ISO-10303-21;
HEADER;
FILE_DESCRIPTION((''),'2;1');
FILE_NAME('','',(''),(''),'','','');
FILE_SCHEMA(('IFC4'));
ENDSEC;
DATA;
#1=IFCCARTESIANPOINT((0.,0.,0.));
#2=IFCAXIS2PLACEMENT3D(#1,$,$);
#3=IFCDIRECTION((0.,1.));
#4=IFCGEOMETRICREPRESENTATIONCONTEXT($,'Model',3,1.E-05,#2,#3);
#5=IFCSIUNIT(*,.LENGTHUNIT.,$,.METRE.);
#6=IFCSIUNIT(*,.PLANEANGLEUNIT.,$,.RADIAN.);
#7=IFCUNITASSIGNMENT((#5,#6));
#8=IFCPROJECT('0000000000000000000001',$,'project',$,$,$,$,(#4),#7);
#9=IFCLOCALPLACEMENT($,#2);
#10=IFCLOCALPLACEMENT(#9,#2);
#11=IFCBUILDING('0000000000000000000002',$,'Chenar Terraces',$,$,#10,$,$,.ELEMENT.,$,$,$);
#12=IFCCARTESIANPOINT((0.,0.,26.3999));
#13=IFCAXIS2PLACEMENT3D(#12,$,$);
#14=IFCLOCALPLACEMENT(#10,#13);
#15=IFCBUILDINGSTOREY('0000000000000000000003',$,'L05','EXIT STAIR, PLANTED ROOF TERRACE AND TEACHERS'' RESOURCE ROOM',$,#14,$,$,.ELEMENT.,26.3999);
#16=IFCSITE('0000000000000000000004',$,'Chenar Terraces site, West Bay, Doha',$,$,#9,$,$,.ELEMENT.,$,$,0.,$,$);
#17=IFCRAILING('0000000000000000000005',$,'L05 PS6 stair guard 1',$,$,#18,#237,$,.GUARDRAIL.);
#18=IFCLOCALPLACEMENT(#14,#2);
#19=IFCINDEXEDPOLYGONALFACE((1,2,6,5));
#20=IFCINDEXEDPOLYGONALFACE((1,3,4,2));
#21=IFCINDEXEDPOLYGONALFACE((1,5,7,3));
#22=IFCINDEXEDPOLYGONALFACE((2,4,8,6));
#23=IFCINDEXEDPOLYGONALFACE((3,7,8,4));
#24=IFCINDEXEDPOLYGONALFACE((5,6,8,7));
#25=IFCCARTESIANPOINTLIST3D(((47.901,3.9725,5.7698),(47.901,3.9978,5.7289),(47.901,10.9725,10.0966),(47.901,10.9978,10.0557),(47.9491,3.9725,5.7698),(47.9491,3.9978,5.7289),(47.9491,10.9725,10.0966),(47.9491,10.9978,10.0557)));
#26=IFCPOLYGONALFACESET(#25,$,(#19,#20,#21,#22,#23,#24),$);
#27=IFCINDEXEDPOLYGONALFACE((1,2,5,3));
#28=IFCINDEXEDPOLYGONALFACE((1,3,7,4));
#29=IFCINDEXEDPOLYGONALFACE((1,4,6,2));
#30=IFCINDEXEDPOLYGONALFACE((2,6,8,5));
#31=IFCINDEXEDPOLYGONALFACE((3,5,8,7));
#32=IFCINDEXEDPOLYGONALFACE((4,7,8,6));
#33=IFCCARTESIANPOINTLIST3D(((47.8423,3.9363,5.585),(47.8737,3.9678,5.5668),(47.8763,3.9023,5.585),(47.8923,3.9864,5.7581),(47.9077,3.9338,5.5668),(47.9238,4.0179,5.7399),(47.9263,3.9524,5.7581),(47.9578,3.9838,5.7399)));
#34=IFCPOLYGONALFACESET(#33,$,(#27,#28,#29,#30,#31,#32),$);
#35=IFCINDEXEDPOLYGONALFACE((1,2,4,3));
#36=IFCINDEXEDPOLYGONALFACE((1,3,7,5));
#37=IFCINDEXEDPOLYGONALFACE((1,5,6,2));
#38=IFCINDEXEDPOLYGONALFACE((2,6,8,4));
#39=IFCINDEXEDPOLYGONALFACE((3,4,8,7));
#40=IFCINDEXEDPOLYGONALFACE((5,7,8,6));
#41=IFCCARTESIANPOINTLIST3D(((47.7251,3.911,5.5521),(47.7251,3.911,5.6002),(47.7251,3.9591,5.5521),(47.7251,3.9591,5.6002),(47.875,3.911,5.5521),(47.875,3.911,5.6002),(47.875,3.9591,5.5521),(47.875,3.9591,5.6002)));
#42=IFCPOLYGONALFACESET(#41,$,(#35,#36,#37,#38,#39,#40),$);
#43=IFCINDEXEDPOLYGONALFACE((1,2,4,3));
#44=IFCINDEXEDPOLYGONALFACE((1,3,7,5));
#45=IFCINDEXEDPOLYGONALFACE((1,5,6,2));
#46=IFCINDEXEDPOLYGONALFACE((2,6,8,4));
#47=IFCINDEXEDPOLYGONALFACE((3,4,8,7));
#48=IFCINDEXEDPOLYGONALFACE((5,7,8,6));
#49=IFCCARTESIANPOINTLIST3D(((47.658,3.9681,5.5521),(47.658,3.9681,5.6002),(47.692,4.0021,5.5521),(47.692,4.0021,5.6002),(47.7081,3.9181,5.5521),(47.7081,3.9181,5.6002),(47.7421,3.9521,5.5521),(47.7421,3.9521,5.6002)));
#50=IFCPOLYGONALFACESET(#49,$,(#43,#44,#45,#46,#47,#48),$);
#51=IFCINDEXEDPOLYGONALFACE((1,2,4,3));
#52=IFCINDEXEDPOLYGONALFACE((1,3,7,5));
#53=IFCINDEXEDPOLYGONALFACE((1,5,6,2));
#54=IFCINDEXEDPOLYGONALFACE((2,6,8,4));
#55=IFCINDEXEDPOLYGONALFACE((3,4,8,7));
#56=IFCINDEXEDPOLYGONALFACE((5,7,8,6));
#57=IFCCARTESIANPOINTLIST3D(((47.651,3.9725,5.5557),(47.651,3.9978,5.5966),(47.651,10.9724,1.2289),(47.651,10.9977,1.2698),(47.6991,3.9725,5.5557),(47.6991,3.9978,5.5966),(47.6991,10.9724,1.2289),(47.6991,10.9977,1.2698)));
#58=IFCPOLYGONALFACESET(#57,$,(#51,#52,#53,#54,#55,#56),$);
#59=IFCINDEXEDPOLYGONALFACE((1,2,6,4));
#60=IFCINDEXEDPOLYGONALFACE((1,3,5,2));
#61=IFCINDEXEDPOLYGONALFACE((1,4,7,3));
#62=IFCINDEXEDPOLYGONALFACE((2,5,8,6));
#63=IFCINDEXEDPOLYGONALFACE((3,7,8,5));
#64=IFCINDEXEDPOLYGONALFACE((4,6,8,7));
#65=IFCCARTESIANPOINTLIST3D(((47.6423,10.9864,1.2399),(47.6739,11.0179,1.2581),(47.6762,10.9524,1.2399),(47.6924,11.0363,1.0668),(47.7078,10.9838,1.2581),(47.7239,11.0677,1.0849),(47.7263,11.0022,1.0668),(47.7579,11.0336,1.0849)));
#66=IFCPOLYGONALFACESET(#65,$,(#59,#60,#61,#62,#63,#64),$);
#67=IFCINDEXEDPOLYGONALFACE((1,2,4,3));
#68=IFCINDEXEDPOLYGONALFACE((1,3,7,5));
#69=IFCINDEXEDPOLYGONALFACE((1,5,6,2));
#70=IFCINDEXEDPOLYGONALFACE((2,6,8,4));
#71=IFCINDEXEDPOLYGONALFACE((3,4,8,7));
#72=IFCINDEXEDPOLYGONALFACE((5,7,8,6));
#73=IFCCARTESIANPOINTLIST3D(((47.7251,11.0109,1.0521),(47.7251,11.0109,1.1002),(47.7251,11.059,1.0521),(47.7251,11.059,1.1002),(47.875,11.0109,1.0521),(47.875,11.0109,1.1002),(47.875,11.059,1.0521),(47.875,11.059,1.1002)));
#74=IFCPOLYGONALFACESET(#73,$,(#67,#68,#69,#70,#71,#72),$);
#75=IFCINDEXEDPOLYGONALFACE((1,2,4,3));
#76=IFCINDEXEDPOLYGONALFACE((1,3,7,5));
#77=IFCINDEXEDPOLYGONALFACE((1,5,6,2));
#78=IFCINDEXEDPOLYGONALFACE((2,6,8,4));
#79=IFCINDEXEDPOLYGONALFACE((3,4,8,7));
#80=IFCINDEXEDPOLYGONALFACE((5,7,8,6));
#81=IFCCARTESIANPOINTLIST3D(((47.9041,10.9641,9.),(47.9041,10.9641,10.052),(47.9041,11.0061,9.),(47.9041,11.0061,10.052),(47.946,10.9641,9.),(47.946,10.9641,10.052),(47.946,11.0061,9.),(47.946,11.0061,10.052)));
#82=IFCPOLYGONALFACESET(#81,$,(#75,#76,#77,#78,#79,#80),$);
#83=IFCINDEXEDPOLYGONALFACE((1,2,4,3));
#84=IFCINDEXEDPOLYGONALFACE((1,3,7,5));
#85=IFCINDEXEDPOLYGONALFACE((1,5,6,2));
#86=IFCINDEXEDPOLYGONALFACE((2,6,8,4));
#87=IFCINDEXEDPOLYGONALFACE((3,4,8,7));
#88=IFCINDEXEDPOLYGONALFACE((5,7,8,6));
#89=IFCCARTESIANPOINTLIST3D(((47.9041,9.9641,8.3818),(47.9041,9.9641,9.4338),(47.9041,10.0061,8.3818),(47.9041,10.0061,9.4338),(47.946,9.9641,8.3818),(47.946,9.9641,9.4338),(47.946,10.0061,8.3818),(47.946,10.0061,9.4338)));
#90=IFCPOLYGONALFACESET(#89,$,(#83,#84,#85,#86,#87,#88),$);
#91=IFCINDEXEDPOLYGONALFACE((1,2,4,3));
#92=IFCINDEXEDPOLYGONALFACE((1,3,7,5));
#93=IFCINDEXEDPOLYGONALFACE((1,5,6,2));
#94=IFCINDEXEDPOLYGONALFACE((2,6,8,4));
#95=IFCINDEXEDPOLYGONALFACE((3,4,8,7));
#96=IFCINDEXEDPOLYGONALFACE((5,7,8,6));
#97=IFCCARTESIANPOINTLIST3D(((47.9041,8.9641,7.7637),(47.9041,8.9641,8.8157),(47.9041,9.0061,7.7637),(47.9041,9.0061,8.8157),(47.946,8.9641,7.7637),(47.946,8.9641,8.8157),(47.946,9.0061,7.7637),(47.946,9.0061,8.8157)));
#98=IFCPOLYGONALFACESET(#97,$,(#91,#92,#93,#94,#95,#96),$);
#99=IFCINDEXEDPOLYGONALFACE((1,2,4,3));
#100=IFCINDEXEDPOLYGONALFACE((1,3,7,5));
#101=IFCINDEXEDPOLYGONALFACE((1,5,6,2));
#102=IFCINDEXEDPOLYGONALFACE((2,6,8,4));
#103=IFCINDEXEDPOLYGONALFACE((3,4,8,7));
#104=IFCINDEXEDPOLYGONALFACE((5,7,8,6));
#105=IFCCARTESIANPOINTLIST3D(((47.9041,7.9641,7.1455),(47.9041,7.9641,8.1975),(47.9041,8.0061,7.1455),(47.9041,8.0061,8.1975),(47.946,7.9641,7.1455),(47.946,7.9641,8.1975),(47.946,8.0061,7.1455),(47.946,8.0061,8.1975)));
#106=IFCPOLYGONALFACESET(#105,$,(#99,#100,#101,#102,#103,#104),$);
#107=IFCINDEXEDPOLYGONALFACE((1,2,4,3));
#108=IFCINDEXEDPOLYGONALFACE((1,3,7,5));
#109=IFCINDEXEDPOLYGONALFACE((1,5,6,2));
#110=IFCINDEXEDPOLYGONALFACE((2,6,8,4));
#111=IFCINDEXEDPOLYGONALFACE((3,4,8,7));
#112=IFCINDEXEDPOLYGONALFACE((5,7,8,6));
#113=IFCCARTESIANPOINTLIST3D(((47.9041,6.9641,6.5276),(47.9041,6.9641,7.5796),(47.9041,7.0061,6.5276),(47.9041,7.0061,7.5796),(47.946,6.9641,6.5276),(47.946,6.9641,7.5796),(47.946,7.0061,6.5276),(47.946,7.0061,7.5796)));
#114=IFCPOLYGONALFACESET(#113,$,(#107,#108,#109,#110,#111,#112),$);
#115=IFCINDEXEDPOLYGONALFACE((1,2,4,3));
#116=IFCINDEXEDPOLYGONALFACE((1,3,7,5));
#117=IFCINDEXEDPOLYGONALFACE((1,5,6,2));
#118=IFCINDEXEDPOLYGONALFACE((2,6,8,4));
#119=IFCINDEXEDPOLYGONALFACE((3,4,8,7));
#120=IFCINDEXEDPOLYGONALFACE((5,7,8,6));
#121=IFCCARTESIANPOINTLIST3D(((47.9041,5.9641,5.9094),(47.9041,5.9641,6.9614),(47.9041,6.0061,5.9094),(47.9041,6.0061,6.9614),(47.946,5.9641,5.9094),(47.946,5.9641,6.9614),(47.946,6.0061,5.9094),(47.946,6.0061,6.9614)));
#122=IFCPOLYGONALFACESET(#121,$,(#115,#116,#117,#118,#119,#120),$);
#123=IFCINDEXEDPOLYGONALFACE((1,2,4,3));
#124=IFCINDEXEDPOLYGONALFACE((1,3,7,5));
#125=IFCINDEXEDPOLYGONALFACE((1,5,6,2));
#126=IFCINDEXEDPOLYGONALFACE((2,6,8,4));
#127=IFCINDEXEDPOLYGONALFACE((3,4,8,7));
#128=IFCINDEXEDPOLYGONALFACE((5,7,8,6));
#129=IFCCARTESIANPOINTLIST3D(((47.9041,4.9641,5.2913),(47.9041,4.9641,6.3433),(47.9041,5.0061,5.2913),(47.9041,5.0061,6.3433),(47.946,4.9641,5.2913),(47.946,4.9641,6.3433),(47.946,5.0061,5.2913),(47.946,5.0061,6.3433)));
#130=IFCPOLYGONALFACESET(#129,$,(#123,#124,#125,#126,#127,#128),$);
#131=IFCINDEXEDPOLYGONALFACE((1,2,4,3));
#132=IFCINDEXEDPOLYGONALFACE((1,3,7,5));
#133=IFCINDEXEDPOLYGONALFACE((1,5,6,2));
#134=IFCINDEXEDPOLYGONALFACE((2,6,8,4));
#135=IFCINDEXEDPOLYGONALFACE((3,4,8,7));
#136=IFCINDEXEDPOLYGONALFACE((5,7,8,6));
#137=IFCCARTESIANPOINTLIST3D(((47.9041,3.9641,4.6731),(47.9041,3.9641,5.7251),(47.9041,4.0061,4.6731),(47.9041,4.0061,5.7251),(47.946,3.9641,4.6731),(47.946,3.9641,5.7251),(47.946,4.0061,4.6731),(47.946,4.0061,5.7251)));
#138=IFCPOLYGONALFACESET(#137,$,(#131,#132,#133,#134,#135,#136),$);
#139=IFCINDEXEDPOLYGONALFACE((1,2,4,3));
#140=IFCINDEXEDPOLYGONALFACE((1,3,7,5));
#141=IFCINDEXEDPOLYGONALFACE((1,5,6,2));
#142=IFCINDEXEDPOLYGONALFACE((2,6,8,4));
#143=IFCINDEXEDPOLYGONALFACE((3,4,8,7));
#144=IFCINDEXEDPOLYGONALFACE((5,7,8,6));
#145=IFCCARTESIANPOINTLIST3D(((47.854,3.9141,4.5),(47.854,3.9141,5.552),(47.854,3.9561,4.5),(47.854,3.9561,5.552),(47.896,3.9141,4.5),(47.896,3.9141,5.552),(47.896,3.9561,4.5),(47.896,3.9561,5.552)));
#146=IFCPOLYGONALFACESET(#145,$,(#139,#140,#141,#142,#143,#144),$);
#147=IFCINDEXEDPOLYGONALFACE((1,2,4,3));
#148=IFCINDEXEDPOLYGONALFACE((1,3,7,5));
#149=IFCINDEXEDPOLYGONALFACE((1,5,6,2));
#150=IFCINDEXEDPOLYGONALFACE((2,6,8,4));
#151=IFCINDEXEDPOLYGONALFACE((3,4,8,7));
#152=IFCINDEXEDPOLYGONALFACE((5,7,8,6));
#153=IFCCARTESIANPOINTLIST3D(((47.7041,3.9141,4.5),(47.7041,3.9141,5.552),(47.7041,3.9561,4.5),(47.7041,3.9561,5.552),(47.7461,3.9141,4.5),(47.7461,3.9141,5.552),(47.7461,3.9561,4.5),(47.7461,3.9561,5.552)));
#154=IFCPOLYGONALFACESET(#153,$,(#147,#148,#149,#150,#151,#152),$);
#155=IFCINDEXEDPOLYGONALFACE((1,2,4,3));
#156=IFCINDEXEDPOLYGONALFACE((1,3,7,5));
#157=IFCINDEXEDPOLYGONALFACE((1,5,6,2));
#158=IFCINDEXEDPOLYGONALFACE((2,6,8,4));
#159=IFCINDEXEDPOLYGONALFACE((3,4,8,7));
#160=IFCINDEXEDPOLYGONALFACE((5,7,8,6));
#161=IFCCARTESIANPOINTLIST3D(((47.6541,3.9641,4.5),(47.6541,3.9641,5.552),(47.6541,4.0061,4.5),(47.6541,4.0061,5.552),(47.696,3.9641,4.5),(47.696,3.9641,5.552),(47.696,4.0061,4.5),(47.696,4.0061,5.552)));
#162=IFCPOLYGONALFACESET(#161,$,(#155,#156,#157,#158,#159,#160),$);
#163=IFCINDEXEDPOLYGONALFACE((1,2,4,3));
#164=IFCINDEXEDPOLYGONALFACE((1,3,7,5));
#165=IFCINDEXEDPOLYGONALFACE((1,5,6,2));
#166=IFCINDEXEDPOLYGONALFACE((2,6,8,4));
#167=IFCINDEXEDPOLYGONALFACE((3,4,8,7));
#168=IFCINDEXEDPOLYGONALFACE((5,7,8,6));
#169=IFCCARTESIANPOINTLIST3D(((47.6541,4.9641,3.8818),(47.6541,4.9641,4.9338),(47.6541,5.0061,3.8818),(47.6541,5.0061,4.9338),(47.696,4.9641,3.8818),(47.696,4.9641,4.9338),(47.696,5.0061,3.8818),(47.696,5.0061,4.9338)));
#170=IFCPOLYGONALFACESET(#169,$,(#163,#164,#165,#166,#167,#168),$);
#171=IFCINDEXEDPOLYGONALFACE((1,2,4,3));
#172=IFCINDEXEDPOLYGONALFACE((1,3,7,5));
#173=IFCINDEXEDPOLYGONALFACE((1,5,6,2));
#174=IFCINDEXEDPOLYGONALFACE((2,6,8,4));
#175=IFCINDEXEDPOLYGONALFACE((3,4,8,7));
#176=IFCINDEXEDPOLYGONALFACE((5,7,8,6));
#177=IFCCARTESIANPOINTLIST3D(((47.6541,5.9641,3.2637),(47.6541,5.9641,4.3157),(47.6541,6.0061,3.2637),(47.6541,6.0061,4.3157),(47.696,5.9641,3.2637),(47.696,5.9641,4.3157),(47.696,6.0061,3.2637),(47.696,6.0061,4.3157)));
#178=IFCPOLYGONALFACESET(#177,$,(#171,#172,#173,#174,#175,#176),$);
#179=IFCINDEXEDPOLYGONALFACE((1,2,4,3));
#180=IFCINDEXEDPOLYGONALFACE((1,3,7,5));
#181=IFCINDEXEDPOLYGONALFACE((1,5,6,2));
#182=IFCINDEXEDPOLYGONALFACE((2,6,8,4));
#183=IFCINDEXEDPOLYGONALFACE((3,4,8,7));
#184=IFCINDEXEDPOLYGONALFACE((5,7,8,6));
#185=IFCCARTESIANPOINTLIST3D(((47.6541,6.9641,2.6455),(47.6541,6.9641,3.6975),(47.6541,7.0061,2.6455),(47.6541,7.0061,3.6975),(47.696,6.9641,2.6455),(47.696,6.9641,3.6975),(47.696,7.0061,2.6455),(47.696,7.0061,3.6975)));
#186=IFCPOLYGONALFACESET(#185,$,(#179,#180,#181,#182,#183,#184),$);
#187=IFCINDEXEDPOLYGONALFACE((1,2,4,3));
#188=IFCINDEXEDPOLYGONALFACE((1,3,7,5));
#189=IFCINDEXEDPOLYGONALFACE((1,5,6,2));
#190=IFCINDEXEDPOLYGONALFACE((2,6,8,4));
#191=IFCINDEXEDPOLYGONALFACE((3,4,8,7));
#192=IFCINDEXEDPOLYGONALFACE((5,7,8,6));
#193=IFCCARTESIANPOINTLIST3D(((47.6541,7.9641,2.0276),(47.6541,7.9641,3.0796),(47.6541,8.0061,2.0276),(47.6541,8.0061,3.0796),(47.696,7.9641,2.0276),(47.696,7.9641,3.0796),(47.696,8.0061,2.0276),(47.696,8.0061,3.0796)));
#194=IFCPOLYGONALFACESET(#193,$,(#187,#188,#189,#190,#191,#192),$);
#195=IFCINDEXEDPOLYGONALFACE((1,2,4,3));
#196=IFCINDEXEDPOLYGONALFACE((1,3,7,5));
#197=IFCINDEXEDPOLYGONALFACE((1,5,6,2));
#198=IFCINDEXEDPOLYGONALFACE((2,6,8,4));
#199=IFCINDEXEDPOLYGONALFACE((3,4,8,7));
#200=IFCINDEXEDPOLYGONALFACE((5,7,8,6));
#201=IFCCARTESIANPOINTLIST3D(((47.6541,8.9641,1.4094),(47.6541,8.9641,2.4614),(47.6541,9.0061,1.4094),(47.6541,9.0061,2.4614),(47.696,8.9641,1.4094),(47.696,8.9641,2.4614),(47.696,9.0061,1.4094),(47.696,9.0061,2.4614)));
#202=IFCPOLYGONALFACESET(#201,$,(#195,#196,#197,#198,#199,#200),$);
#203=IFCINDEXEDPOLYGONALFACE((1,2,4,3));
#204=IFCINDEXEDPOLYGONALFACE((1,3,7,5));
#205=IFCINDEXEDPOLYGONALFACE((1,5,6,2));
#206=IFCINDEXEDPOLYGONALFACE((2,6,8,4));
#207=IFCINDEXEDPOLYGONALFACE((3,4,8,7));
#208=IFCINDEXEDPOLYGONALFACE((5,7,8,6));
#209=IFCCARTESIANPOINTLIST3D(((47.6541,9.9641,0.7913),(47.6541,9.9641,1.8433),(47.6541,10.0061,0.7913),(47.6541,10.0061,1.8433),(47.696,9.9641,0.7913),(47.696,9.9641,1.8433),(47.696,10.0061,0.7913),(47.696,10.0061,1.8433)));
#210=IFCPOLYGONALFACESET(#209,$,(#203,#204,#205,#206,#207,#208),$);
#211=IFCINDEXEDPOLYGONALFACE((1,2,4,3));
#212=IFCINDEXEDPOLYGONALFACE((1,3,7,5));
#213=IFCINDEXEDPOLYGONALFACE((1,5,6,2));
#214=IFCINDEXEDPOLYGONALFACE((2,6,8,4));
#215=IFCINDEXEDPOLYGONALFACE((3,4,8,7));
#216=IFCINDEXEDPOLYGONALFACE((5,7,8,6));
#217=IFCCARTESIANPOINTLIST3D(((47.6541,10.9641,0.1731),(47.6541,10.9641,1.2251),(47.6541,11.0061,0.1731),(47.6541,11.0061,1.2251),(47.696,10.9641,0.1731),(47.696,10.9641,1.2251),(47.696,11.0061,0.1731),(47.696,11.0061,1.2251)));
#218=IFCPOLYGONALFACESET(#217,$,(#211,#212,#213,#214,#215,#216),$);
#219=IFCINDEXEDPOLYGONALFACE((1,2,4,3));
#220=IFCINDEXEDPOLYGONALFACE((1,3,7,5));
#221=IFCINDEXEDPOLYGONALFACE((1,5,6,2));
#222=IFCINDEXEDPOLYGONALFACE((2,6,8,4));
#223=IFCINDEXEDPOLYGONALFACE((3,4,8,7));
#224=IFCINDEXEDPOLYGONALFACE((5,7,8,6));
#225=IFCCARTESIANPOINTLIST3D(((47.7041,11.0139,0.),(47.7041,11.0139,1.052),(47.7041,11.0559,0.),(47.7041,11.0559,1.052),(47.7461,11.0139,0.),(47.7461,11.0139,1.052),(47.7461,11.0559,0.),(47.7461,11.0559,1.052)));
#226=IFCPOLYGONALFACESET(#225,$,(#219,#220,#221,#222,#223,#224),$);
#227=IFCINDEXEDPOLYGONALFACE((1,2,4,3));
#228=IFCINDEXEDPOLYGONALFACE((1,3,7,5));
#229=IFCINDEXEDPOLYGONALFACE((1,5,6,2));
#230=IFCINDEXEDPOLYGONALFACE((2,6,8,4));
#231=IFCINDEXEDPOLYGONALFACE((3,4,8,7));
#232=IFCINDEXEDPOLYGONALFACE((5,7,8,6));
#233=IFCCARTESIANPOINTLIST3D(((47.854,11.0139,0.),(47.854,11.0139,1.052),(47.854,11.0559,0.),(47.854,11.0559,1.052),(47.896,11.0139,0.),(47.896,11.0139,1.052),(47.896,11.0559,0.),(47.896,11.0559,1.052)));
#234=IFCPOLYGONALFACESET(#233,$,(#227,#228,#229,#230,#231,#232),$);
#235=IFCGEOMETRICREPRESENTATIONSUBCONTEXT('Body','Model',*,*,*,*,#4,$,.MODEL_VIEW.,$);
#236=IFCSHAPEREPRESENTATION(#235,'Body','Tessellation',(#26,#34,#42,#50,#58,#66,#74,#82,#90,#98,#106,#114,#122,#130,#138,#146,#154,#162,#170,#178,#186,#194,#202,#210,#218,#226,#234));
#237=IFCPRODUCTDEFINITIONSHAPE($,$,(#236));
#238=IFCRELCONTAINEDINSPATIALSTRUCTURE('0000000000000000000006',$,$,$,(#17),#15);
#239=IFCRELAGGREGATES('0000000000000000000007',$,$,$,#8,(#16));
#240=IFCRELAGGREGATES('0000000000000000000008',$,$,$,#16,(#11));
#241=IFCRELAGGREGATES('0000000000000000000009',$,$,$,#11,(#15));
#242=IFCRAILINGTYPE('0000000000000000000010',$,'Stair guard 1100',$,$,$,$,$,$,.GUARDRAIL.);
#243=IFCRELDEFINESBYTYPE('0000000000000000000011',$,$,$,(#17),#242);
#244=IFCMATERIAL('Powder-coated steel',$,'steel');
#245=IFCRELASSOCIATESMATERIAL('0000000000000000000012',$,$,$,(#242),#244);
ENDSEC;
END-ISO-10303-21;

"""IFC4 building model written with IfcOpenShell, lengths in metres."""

from ifc_helpers import new_model, si_unit, direction, frame, origin, origin_2d, place, context, subcontext, project, spatial, rectangle, extrude, material, type_object, element, save


model = new_model("IFC4")

# Units and contexts
model_context = context("Model", 3, precision=1e-05, world=origin(), true_north=direction((0.0, 1.0)))
body_context = subcontext(model_context, "Body", "Model", "MODEL_VIEW")
ifc_project = project(units=[si_unit("LENGTHUNIT", "METRE"), si_unit("PLANEANGLEUNIT", "RADIAN")], contexts=[model_context])

# Site, building, storey
site_placement = place(None, origin())
site = spatial("IfcSite", under=ifc_project, at=site_placement, Name="Chenar Terraces site, West Bay, Doha", CompositionType="ELEMENT", RefElevation=0.0)
building_placement = place(site_placement, origin())
building = spatial("IfcBuilding", under=site, at=building_placement, Name="Chenar Terraces", CompositionType="ELEMENT")
storey_placement = place(building_placement, frame((0.0, 0.0, 26.3999)))
storey = spatial("IfcBuildingStorey", under=building, at=storey_placement, Name="L05", Description="EXIT STAIR, PLANTED ROOF TERRACE AND TEACHERS' RESOURCE ROOM", CompositionType="ELEMENT", Elevation=26.3999)

# Railing
ifc_material_1 = material(Name="Powder-coated steel", Category="steel")
railing_type_1 = type_object("IfcRailingType", Name="Stair guard 1100", PredefinedType="GUARDRAIL", material=ifc_material_1)
railing_1_placement = place(storey_placement, frame((47.925, 10.9851, 9.0)))
element("IfcRailing", 1, at=railing_1_placement, inside=storey, type_object=railing_type_1, Name="L05 PS6 stair guard 1", PredefinedType="GUARDRAIL", context=body_context, shape_type="SweptSolid", body=[
    extrude(rectangle(XDim=0.0481, YDim=0.0481, at=origin_2d()), frame((0.0, 0.0, 1.0762), z_axis=(0.0, -0.850615, -0.52579), x_axis=(1.0, 0.0, 0.0)), (0.0, 0.0, 1.0), 8.2292),
    extrude(rectangle(XDim=0.0481, YDim=0.0481, at=origin_2d()), frame((0.0, -7.0, -3.251), z_axis=(-0.26763, -0.26763, -0.925607), x_axis=(0.707107, -0.707107, 0.0)), (0.0, 0.0, 1.0), 0.187),
    extrude(rectangle(XDim=0.0481, YDim=0.0481, at=origin_2d()), frame((-0.05, -7.05, -3.4238), z_axis=(-1.0, 0.0, 0.0), x_axis=(0.0, -1.0, 0.0)), (0.0, 0.0, 1.0), 0.1499),
    extrude(rectangle(XDim=0.0481, YDim=0.0481, at=origin_2d()), frame((-0.2, -7.05, -3.4238), z_axis=(-0.707107, 0.707107, 0.0), x_axis=(-0.707107, -0.707107, 0.0)), (0.0, 0.0, 1.0), 0.0708),
    extrude(rectangle(XDim=0.0481, YDim=0.0481, at=origin_2d()), frame((-0.25, -7.0, -3.4238), z_axis=(0.0, 0.850615, -0.52579), x_axis=(-1.0, 0.0, 0.0)), (0.0, 0.0, 1.0), 8.2292),
    extrude(rectangle(XDim=0.0481, YDim=0.0481, at=origin_2d()), frame((-0.25, 0.0, -7.751), z_axis=(0.267723, 0.266417, -0.92593), x_axis=(-0.705376, 0.708834, 0.0)), (0.0, 0.0, 1.0), 0.187),
    extrude(rectangle(XDim=0.0481, YDim=0.0481, at=origin_2d()), frame((-0.2, 0.0498, -7.9238), z_axis=(1.0, 0.0, 0.0), x_axis=(0.0, 1.0, 0.0)), (0.0, 0.0, 1.0), 0.1499),
    extrude(rectangle(XDim=0.042, YDim=0.042, at=origin_2d()), origin(), (0.0, 0.0, 1.0), 1.052),
    extrude(rectangle(XDim=0.042, YDim=0.042, at=origin_2d()), frame((0.0, -1.0, -0.6182)), (0.0, 0.0, 1.0), 1.052),
    extrude(rectangle(XDim=0.042, YDim=0.042, at=origin_2d()), frame((0.0, -2.0, -1.2363)), (0.0, 0.0, 1.0), 1.052),
    extrude(rectangle(XDim=0.042, YDim=0.042, at=origin_2d()), frame((0.0, -3.0, -1.8545)), (0.0, 0.0, 1.0), 1.052),
    extrude(rectangle(XDim=0.042, YDim=0.042, at=origin_2d()), frame((0.0, -4.0, -2.4724)), (0.0, 0.0, 1.0), 1.052),
    extrude(rectangle(XDim=0.042, YDim=0.042, at=origin_2d()), frame((0.0, -5.0, -3.0906)), (0.0, 0.0, 1.0), 1.052),
    extrude(rectangle(XDim=0.042, YDim=0.042, at=origin_2d()), frame((0.0, -6.0, -3.7087)), (0.0, 0.0, 1.0), 1.052),
    extrude(rectangle(XDim=0.042, YDim=0.042, at=origin_2d()), frame((0.0, -7.0, -4.3269)), (0.0, 0.0, 1.0), 1.052),
    extrude(rectangle(XDim=0.042, YDim=0.042, at=origin_2d()), frame((-0.05, -7.05, -4.5)), (0.0, 0.0, 1.0), 1.052),
    extrude(rectangle(XDim=0.042, YDim=0.042, at=origin_2d()), frame((-0.2, -7.05, -4.5)), (0.0, 0.0, 1.0), 1.052),
    extrude(rectangle(XDim=0.042, YDim=0.042, at=origin_2d()), frame((-0.25, -7.0, -4.5)), (0.0, 0.0, 1.0), 1.052),
    extrude(rectangle(XDim=0.042, YDim=0.042, at=origin_2d()), frame((-0.25, -6.0, -5.1182)), (0.0, 0.0, 1.0), 1.052),
    extrude(rectangle(XDim=0.042, YDim=0.042, at=origin_2d()), frame((-0.25, -5.0, -5.7363)), (0.0, 0.0, 1.0), 1.052),
    extrude(rectangle(XDim=0.042, YDim=0.042, at=origin_2d()), frame((-0.25, -4.0, -6.3545)), (0.0, 0.0, 1.0), 1.052),
    extrude(rectangle(XDim=0.042, YDim=0.042, at=origin_2d()), frame((-0.25, -3.0, -6.9724)), (0.0, 0.0, 1.0), 1.052),
    extrude(rectangle(XDim=0.042, YDim=0.042, at=origin_2d()), frame((-0.25, -2.0, -7.5906)), (0.0, 0.0, 1.0), 1.052),
    extrude(rectangle(XDim=0.042, YDim=0.042, at=origin_2d()), frame((-0.25, -1.0, -8.2087)), (0.0, 0.0, 1.0), 1.052),
    extrude(rectangle(XDim=0.042, YDim=0.042, at=origin_2d()), frame((-0.25, 0.0, -8.8269)), (0.0, 0.0, 1.0), 1.052),
    extrude(rectangle(XDim=0.042, YDim=0.042, at=origin_2d()), frame((-0.2, 0.0498, -9.0)), (0.0, 0.0, 1.0), 1.052),
    extrude(rectangle(XDim=0.042, YDim=0.042, at=origin_2d()), frame((-0.05, 0.0498, -9.0)), (0.0, 0.0, 1.0), 1.052),
])

save(model, "model.ifc")
